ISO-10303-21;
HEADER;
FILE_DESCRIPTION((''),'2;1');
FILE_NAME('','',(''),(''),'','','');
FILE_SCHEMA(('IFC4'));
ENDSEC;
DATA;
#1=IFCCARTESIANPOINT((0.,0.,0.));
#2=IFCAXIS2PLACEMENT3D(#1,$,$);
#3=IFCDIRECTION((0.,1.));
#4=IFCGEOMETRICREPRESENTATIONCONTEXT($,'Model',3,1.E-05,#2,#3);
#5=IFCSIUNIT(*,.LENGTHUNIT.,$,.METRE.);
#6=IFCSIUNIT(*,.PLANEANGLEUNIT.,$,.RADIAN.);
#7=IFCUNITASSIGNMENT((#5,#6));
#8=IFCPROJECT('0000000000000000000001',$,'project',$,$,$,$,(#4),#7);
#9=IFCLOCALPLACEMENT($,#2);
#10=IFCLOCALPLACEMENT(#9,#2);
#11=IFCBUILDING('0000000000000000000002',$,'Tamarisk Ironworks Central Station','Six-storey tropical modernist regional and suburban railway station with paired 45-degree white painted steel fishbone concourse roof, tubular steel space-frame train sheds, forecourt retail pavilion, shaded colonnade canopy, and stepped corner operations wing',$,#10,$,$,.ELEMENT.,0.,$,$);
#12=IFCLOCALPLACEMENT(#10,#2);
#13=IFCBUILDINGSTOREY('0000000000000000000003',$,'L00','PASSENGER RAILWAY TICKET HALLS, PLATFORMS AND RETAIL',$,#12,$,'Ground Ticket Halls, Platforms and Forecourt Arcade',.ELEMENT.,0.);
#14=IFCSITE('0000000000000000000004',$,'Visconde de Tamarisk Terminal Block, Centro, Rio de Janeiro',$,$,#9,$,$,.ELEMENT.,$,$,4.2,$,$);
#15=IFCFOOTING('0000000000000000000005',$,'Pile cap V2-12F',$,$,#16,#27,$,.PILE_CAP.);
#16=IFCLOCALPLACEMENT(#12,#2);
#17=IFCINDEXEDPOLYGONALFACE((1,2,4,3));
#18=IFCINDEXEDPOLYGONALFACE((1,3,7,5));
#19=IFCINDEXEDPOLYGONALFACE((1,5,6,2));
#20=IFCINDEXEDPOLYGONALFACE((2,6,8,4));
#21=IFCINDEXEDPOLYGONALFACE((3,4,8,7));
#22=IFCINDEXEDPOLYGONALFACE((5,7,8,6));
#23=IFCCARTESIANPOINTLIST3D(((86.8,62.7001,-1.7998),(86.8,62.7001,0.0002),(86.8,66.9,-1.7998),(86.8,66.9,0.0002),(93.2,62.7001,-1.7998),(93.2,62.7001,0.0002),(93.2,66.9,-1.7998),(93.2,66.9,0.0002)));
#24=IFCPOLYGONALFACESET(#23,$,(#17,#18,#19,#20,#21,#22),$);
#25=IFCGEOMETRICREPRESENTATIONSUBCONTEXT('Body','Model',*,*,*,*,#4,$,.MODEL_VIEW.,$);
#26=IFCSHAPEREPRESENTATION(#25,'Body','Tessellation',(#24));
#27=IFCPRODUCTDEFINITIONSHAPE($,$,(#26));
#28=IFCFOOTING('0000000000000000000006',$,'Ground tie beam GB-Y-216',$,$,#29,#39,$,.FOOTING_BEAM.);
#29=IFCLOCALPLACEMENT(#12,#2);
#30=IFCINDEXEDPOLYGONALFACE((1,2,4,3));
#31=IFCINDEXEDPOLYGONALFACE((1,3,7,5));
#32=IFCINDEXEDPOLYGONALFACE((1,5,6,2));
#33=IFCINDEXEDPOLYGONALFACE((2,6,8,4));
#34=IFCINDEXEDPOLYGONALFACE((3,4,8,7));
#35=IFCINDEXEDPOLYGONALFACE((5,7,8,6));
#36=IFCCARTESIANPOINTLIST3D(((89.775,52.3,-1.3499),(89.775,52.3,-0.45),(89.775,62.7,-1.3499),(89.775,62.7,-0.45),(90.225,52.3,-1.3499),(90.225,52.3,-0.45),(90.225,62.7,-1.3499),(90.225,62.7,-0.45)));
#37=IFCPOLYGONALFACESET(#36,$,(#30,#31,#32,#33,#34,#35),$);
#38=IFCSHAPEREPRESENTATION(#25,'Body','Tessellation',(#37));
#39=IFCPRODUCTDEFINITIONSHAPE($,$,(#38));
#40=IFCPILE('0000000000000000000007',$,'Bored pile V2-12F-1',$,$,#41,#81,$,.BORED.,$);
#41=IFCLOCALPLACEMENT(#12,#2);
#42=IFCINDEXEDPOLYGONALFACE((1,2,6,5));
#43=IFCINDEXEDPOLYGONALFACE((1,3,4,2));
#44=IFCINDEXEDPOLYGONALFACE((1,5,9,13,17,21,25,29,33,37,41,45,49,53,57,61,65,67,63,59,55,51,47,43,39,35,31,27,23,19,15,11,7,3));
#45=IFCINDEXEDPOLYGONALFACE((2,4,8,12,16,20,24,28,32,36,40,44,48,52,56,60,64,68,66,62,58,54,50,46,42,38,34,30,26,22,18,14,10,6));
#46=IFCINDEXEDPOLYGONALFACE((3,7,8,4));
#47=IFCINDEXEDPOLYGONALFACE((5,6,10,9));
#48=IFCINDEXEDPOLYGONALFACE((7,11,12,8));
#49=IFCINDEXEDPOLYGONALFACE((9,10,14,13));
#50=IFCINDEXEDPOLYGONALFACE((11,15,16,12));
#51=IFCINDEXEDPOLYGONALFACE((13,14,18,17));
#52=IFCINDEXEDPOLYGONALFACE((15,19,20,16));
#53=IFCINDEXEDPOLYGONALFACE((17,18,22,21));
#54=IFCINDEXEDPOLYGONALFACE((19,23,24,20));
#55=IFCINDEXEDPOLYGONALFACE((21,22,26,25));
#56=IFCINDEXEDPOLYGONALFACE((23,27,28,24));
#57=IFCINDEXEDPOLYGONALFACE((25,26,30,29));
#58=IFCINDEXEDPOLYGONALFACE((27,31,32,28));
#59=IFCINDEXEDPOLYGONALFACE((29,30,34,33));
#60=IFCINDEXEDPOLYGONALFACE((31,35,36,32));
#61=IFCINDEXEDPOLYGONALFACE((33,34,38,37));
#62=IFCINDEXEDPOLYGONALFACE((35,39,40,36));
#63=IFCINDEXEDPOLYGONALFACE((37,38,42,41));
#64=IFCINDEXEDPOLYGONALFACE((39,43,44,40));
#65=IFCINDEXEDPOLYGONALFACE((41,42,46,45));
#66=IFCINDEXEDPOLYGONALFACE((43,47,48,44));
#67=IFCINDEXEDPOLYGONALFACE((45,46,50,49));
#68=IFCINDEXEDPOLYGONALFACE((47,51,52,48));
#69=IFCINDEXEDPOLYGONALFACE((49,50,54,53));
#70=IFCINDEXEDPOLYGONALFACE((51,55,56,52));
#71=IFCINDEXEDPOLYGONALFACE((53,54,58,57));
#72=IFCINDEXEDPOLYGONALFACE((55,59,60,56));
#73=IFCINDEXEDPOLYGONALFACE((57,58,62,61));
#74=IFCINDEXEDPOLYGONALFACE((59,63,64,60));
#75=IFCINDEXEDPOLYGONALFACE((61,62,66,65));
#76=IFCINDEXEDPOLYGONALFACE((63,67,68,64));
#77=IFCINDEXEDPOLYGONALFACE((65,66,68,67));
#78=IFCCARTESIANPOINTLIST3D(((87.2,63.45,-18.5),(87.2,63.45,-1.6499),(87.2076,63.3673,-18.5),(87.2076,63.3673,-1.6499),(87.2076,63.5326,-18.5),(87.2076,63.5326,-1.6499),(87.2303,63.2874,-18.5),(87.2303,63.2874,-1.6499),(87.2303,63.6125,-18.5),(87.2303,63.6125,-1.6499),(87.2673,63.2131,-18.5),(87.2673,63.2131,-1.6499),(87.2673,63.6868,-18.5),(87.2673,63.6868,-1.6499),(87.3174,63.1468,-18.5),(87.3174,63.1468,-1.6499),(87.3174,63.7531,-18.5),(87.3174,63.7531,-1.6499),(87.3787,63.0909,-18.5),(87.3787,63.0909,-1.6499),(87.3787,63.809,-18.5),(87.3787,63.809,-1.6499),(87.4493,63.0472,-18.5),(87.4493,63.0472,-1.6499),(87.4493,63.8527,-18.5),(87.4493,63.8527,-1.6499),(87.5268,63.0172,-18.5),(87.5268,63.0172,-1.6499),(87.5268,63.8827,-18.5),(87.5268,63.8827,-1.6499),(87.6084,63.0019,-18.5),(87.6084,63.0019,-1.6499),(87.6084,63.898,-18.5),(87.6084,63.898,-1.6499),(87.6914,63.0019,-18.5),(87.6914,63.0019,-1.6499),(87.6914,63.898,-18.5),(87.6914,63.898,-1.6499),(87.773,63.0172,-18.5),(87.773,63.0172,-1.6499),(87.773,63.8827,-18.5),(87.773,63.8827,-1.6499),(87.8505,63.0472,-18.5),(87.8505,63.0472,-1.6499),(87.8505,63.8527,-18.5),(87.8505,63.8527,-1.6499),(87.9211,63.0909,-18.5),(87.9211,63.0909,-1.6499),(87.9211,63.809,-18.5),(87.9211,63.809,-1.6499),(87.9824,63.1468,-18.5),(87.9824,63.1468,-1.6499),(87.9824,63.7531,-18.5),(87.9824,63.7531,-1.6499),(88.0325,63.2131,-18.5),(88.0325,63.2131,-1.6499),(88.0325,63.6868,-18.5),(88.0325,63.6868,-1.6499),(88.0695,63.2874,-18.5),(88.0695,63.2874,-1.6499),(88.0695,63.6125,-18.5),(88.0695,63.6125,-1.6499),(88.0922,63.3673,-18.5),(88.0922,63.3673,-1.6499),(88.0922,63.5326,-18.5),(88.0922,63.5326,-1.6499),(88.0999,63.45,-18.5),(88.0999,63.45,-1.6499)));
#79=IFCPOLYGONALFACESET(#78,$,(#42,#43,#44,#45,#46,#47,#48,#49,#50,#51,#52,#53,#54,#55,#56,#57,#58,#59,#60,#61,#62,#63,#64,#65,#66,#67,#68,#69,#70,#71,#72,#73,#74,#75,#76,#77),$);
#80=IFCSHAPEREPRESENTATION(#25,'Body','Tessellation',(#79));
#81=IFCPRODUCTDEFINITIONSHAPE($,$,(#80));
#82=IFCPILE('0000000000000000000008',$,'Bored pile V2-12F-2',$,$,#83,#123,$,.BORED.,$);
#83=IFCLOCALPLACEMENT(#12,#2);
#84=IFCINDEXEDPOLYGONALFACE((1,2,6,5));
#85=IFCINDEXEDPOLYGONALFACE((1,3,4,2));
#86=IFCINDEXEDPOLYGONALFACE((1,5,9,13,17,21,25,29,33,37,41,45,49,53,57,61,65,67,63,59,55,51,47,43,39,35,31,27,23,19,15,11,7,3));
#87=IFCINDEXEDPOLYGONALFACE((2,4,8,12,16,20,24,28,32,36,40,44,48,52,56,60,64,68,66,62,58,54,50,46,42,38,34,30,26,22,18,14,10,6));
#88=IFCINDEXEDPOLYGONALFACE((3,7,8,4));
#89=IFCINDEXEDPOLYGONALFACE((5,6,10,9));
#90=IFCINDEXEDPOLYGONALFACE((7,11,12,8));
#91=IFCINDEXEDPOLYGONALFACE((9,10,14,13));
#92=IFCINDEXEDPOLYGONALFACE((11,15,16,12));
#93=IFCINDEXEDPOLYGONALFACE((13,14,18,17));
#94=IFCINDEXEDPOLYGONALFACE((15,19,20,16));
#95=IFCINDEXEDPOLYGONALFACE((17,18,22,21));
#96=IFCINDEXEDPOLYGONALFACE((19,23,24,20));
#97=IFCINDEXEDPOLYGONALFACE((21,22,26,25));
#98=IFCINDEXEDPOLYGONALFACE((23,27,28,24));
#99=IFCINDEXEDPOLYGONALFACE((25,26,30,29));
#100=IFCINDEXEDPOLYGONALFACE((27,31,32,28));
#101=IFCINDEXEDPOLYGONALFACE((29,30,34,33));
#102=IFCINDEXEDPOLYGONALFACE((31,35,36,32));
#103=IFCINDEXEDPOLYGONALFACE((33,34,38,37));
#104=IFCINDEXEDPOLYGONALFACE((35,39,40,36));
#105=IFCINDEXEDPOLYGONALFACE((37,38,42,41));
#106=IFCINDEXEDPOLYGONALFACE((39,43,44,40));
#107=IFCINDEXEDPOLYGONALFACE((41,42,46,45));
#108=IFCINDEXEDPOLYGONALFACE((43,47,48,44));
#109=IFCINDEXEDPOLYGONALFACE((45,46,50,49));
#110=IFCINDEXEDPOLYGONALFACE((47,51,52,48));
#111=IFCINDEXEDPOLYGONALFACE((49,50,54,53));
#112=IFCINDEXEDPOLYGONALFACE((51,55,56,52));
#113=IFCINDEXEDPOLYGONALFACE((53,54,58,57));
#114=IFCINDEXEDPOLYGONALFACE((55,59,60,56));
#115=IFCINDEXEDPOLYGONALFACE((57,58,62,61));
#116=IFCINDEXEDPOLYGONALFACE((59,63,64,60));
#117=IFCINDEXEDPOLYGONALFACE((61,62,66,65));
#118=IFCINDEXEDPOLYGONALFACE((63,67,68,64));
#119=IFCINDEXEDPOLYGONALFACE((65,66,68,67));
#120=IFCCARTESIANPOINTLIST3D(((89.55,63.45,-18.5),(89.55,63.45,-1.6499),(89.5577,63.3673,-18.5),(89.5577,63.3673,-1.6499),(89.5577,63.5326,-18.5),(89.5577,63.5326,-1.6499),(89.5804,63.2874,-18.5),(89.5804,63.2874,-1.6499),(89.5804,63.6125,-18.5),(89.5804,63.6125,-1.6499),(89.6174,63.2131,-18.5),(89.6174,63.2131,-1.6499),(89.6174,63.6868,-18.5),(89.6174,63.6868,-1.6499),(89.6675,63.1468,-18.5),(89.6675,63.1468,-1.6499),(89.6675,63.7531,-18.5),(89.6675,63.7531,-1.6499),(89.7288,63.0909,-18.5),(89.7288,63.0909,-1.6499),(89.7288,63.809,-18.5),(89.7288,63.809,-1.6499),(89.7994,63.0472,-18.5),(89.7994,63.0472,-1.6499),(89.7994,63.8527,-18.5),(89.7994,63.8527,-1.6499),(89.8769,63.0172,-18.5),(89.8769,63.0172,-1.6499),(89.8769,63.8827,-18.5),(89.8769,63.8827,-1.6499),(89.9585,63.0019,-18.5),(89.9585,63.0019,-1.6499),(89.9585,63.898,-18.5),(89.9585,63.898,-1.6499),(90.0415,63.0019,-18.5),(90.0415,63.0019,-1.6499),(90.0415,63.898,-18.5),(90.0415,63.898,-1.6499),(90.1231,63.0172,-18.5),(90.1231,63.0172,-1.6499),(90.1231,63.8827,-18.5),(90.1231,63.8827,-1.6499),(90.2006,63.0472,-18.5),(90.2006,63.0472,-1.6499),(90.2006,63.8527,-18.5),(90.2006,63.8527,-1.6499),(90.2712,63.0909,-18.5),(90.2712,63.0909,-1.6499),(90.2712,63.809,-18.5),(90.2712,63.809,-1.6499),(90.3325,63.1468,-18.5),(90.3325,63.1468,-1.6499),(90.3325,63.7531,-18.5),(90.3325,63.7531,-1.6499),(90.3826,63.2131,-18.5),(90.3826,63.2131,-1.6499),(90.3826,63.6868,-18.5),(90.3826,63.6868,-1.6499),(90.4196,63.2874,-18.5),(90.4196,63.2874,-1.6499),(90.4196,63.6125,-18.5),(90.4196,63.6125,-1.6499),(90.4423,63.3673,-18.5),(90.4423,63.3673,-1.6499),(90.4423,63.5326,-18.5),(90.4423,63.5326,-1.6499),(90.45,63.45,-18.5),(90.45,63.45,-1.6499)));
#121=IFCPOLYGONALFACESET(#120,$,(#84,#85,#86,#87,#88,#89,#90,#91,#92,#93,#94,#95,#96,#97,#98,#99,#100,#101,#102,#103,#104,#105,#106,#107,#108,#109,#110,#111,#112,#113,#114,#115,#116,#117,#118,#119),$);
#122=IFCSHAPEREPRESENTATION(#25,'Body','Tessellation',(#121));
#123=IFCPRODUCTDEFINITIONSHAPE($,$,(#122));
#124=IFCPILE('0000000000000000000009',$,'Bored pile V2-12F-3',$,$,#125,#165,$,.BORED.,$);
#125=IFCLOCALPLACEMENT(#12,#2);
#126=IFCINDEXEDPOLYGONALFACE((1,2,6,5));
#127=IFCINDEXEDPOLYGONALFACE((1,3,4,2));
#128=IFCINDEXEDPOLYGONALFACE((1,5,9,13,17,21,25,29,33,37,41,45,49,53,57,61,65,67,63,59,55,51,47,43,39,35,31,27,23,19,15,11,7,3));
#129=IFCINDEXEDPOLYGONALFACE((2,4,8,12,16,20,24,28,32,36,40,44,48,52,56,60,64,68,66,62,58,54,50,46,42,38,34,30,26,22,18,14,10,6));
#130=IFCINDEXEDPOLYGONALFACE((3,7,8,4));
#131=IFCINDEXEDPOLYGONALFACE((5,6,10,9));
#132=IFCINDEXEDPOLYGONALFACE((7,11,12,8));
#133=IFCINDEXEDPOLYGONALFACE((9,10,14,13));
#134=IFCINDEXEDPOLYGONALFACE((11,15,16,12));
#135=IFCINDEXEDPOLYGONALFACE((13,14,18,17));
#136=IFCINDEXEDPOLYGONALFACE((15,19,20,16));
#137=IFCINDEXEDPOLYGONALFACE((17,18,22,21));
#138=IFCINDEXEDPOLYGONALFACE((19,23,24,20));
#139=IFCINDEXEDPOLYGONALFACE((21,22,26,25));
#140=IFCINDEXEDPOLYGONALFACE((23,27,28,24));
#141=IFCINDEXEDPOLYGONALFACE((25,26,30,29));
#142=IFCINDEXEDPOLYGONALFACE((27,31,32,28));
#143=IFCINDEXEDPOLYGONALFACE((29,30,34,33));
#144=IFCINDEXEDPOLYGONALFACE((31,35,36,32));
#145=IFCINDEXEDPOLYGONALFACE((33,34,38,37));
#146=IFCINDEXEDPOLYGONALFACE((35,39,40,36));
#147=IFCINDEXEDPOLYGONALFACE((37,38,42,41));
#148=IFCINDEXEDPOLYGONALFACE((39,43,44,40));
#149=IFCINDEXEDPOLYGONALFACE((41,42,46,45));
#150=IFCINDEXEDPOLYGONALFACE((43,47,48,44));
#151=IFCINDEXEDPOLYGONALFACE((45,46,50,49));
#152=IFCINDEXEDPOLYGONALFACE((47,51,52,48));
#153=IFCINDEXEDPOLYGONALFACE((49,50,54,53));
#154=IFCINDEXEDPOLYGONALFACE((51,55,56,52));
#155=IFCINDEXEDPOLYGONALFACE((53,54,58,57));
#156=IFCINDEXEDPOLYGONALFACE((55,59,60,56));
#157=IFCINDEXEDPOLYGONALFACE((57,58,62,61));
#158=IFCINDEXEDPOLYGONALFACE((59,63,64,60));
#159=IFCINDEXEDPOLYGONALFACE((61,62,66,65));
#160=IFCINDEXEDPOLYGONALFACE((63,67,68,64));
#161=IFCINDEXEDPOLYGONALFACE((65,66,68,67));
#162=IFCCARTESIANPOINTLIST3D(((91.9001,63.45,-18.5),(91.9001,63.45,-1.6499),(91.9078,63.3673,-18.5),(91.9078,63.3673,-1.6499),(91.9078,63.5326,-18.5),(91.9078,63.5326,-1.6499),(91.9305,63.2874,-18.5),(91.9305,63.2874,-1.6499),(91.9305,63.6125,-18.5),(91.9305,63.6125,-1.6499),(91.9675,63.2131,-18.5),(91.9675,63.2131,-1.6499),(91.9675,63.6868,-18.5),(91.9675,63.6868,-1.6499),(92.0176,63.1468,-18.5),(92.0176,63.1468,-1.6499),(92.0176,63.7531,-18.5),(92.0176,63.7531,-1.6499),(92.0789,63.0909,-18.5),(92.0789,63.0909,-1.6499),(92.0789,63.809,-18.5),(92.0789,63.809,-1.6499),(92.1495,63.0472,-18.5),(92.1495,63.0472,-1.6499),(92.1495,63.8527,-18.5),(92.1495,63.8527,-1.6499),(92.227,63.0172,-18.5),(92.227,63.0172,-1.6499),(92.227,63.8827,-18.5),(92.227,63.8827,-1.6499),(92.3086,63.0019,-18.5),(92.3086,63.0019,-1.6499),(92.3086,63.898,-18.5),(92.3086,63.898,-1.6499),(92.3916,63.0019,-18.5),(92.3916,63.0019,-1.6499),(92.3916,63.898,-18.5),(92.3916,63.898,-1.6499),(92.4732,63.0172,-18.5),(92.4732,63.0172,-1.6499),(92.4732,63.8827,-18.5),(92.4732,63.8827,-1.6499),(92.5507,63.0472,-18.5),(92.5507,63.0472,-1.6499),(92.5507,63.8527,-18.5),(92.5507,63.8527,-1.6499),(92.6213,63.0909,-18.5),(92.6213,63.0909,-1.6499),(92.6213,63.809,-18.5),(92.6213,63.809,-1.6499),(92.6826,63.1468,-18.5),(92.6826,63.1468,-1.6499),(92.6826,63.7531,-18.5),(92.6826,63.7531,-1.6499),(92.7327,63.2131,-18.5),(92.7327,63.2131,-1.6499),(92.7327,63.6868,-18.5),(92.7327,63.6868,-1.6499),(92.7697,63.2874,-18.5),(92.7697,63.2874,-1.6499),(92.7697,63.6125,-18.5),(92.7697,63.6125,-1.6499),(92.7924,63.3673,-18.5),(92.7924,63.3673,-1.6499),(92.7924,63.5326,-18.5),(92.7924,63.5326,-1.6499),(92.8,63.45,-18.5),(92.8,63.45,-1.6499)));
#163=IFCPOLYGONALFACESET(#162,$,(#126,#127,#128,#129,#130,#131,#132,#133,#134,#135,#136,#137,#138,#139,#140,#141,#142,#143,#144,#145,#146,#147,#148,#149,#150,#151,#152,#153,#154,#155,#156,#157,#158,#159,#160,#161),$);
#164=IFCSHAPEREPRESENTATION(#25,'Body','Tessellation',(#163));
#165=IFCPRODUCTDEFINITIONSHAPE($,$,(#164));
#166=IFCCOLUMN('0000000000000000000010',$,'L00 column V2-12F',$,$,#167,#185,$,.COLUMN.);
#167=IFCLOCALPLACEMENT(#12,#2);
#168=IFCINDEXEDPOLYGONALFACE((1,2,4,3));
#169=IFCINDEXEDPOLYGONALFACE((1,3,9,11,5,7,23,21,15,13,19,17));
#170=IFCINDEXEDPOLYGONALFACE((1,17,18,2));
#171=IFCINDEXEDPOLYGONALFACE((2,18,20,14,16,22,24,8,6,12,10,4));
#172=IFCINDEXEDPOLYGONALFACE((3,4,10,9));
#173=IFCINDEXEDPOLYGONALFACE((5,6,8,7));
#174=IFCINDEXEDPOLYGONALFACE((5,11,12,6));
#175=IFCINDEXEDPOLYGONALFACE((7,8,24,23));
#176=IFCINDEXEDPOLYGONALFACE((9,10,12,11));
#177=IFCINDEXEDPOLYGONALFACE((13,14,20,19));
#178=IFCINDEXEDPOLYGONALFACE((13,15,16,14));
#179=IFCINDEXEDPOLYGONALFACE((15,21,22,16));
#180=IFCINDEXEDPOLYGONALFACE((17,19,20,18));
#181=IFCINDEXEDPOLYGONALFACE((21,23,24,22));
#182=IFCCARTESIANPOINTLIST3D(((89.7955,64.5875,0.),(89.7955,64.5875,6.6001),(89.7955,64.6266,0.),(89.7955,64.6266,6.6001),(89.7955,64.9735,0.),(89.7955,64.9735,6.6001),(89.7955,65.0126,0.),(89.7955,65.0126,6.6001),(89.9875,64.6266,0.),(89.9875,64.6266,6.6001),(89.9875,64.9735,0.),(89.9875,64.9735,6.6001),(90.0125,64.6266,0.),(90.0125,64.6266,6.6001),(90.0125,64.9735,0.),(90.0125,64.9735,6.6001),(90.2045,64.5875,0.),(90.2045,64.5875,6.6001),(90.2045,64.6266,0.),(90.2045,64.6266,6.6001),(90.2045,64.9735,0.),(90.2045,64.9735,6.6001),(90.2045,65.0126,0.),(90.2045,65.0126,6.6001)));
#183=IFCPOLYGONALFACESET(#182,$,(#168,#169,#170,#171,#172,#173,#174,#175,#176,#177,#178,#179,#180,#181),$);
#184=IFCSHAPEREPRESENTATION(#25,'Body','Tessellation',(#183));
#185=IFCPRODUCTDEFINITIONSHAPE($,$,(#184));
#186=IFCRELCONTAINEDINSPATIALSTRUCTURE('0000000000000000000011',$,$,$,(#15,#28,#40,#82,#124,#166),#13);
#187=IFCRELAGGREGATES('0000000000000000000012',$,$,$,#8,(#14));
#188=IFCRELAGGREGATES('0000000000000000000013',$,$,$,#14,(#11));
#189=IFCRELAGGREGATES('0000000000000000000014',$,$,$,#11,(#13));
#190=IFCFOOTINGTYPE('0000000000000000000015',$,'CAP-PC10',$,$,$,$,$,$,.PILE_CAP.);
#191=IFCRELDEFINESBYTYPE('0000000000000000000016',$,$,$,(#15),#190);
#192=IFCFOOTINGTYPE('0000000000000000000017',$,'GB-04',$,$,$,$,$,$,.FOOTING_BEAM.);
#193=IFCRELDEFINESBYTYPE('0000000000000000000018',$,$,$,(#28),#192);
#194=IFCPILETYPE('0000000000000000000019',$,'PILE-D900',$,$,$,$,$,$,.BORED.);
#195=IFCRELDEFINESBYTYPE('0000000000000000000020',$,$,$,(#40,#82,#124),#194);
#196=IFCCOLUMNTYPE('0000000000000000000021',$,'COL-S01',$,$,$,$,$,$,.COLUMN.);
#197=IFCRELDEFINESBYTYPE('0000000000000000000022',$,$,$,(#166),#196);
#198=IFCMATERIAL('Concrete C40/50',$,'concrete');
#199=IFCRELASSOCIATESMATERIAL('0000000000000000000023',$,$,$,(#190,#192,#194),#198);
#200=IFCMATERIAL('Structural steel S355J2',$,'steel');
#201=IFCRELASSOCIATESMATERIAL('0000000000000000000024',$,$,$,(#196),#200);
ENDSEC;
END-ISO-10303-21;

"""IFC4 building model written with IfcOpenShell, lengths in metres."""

from ifc_helpers import new_model, si_unit, direction, frame, origin, origin_2d, place, context, subcontext, project, spatial, rectangle, circle, i_section, extrude, material, material_profile, profile_set, type_object, element, save


model = new_model("IFC4")

# Units and contexts
model_context = context("Model", 3, precision=1e-05, world=origin(), true_north=direction((0.0, 1.0)))
body_context = subcontext(model_context, "Body", "Model", "MODEL_VIEW")
ifc_project = project(units=[si_unit("LENGTHUNIT", "METRE"), si_unit("PLANEANGLEUNIT", "RADIAN")], contexts=[model_context])

# Site, building, storey
site_placement = place(None, origin())
site = spatial("IfcSite", under=ifc_project, at=site_placement, Name="Visconde de Tamarisk Terminal Block, Centro, Rio de Janeiro", CompositionType="ELEMENT", RefElevation=4.2)
building_placement = place(site_placement, origin())
building = spatial("IfcBuilding", under=site, at=building_placement, Name="Tamarisk Ironworks Central Station", Description="Six-storey tropical modernist regional and suburban railway station with paired 45-degree white painted steel fishbone concourse roof, tubular steel space-frame train sheds, forecourt retail pavilion, shaded colonnade canopy, and stepped corner operations wing", CompositionType="ELEMENT", ElevationOfRefHeight=0.0)
storey_placement = place(building_placement, origin())
storey = spatial("IfcBuildingStorey", under=building, at=storey_placement, Name="L00", Description="PASSENGER RAILWAY TICKET HALLS, PLATFORMS AND RETAIL", LongName="Ground Ticket Halls, Platforms and Forecourt Arcade", CompositionType="ELEMENT", Elevation=0.0)

# Footings
ifc_material_1 = material(Name="Concrete C40/50", Category="concrete")
footing_type_1 = type_object("IfcFootingType", Name="CAP-PC10", PredefinedType="PILE_CAP", material=ifc_material_1)
footing_1_placement = place(storey_placement, frame((90.0, 64.8, -1.7998), z_axis=(0.0, 0.0, 1.0), x_axis=(1.0, 0.0, 0.0)))
element("IfcFooting", 1, at=footing_1_placement, inside=storey, type_object=footing_type_1, Name="Pile cap V2-12F", PredefinedType="PILE_CAP", context=body_context, shape_type="SweptSolid", body=[
    extrude(rectangle(XDim=6.3999, YDim=4.2, at=origin_2d()), origin(), (0.0, 0.0, 1.0), 1.8),
])
ifc_material_profile_1 = material_profile(ifc_material_1, rectangle(XDim=0.45, YDim=0.8999, at=origin_2d()), Name="GB04 450x900")
ifc_profile_set_1 = profile_set([ifc_material_profile_1], Name="Concrete C40/50")
footing_type_2 = type_object("IfcFootingType", Name="GB-04", PredefinedType="FOOTING_BEAM", material=ifc_profile_set_1)
footing_2_placement = place(storey_placement, frame((90.0, 52.3, -0.8999), z_axis=(0.0, 1.0, 0.0), x_axis=(-1.0, 0.0, 0.0)))
element("IfcFooting", 2, at=footing_2_placement, inside=storey, type_object=footing_type_2, Name="Ground tie beam GB-Y-216", PredefinedType="FOOTING_BEAM", context=body_context, shape_type="SweptSolid", body=[
    extrude(rectangle(XDim=0.45, YDim=0.8999, at=origin_2d()), origin(), (0.0, 0.0, 1.0), 10.3999),
])

# Piles
ifc_material_profile_2 = material_profile(ifc_material_1, circle(Radius=0.45, at=origin_2d()), Name="BORED PILE D900")
ifc_profile_set_2 = profile_set([ifc_material_profile_2], Name="Concrete C40/50")
pile_type = type_object("IfcPileType", Name="PILE-D900", PredefinedType="BORED", material=ifc_profile_set_2)
for number, where, z_axis, x_axis, name in (
    (3, (87.6499, 63.45, -1.6499), (0.0, 0.0, -1.0), (1.0, 0.0, 0.0), "Bored pile V2-12F-1"),
    (4, (90.0, 63.45, -1.6499), (0.0, 0.0, -1.0), (1.0, 0.0, 0.0), "Bored pile V2-12F-2"),
    (5, (92.3501, 63.45, -1.6499), (0.0, 0.0, -1.0), (1.0, 0.0, 0.0), "Bored pile V2-12F-3"),
):
    element("IfcPile", number, at=place(storey_placement, frame(where, z_axis=z_axis, x_axis=x_axis)), inside=storey, type_object=pile_type, Name=name, PredefinedType="BORED", context=body_context, shape_type="SweptSolid", body=[
        extrude(circle(Radius=0.45, at=origin_2d()), origin(), (0.0, 0.0, 1.0), 16.8501),
    ])

# Column
ifc_material_2 = material(Name="Structural steel S355J2", Category="steel")
ifc_material_profile_3 = material_profile(ifc_material_2, i_section(OverallWidth=0.4089, OverallDepth=0.425, WebThickness=0.0249, FlangeThickness=0.0391, at=origin_2d()), Name="HD 400x421")
ifc_profile_set_3 = profile_set([ifc_material_profile_3], Name="Structural steel S355J2")
column_type_1 = type_object("IfcColumnType", Name="COL-S01", PredefinedType="COLUMN", material=ifc_profile_set_3)
column_1_placement = place(storey_placement, frame((90.0, 64.8, 0.0), z_axis=(0.0, 0.0, 1.0), x_axis=(1.0, 0.0, 0.0)))
element("IfcColumn", 6, at=column_1_placement, inside=storey, type_object=column_type_1, Name="L00 column V2-12F", PredefinedType="COLUMN", context=body_context, shape_type="SweptSolid", body=[
    extrude(i_section(OverallWidth=0.4089, OverallDepth=0.425, WebThickness=0.0249, FlangeThickness=0.0391, at=origin_2d()), origin(), (0.0, 0.0, 1.0), 6.6001),
])

save(model, "model.ifc")
